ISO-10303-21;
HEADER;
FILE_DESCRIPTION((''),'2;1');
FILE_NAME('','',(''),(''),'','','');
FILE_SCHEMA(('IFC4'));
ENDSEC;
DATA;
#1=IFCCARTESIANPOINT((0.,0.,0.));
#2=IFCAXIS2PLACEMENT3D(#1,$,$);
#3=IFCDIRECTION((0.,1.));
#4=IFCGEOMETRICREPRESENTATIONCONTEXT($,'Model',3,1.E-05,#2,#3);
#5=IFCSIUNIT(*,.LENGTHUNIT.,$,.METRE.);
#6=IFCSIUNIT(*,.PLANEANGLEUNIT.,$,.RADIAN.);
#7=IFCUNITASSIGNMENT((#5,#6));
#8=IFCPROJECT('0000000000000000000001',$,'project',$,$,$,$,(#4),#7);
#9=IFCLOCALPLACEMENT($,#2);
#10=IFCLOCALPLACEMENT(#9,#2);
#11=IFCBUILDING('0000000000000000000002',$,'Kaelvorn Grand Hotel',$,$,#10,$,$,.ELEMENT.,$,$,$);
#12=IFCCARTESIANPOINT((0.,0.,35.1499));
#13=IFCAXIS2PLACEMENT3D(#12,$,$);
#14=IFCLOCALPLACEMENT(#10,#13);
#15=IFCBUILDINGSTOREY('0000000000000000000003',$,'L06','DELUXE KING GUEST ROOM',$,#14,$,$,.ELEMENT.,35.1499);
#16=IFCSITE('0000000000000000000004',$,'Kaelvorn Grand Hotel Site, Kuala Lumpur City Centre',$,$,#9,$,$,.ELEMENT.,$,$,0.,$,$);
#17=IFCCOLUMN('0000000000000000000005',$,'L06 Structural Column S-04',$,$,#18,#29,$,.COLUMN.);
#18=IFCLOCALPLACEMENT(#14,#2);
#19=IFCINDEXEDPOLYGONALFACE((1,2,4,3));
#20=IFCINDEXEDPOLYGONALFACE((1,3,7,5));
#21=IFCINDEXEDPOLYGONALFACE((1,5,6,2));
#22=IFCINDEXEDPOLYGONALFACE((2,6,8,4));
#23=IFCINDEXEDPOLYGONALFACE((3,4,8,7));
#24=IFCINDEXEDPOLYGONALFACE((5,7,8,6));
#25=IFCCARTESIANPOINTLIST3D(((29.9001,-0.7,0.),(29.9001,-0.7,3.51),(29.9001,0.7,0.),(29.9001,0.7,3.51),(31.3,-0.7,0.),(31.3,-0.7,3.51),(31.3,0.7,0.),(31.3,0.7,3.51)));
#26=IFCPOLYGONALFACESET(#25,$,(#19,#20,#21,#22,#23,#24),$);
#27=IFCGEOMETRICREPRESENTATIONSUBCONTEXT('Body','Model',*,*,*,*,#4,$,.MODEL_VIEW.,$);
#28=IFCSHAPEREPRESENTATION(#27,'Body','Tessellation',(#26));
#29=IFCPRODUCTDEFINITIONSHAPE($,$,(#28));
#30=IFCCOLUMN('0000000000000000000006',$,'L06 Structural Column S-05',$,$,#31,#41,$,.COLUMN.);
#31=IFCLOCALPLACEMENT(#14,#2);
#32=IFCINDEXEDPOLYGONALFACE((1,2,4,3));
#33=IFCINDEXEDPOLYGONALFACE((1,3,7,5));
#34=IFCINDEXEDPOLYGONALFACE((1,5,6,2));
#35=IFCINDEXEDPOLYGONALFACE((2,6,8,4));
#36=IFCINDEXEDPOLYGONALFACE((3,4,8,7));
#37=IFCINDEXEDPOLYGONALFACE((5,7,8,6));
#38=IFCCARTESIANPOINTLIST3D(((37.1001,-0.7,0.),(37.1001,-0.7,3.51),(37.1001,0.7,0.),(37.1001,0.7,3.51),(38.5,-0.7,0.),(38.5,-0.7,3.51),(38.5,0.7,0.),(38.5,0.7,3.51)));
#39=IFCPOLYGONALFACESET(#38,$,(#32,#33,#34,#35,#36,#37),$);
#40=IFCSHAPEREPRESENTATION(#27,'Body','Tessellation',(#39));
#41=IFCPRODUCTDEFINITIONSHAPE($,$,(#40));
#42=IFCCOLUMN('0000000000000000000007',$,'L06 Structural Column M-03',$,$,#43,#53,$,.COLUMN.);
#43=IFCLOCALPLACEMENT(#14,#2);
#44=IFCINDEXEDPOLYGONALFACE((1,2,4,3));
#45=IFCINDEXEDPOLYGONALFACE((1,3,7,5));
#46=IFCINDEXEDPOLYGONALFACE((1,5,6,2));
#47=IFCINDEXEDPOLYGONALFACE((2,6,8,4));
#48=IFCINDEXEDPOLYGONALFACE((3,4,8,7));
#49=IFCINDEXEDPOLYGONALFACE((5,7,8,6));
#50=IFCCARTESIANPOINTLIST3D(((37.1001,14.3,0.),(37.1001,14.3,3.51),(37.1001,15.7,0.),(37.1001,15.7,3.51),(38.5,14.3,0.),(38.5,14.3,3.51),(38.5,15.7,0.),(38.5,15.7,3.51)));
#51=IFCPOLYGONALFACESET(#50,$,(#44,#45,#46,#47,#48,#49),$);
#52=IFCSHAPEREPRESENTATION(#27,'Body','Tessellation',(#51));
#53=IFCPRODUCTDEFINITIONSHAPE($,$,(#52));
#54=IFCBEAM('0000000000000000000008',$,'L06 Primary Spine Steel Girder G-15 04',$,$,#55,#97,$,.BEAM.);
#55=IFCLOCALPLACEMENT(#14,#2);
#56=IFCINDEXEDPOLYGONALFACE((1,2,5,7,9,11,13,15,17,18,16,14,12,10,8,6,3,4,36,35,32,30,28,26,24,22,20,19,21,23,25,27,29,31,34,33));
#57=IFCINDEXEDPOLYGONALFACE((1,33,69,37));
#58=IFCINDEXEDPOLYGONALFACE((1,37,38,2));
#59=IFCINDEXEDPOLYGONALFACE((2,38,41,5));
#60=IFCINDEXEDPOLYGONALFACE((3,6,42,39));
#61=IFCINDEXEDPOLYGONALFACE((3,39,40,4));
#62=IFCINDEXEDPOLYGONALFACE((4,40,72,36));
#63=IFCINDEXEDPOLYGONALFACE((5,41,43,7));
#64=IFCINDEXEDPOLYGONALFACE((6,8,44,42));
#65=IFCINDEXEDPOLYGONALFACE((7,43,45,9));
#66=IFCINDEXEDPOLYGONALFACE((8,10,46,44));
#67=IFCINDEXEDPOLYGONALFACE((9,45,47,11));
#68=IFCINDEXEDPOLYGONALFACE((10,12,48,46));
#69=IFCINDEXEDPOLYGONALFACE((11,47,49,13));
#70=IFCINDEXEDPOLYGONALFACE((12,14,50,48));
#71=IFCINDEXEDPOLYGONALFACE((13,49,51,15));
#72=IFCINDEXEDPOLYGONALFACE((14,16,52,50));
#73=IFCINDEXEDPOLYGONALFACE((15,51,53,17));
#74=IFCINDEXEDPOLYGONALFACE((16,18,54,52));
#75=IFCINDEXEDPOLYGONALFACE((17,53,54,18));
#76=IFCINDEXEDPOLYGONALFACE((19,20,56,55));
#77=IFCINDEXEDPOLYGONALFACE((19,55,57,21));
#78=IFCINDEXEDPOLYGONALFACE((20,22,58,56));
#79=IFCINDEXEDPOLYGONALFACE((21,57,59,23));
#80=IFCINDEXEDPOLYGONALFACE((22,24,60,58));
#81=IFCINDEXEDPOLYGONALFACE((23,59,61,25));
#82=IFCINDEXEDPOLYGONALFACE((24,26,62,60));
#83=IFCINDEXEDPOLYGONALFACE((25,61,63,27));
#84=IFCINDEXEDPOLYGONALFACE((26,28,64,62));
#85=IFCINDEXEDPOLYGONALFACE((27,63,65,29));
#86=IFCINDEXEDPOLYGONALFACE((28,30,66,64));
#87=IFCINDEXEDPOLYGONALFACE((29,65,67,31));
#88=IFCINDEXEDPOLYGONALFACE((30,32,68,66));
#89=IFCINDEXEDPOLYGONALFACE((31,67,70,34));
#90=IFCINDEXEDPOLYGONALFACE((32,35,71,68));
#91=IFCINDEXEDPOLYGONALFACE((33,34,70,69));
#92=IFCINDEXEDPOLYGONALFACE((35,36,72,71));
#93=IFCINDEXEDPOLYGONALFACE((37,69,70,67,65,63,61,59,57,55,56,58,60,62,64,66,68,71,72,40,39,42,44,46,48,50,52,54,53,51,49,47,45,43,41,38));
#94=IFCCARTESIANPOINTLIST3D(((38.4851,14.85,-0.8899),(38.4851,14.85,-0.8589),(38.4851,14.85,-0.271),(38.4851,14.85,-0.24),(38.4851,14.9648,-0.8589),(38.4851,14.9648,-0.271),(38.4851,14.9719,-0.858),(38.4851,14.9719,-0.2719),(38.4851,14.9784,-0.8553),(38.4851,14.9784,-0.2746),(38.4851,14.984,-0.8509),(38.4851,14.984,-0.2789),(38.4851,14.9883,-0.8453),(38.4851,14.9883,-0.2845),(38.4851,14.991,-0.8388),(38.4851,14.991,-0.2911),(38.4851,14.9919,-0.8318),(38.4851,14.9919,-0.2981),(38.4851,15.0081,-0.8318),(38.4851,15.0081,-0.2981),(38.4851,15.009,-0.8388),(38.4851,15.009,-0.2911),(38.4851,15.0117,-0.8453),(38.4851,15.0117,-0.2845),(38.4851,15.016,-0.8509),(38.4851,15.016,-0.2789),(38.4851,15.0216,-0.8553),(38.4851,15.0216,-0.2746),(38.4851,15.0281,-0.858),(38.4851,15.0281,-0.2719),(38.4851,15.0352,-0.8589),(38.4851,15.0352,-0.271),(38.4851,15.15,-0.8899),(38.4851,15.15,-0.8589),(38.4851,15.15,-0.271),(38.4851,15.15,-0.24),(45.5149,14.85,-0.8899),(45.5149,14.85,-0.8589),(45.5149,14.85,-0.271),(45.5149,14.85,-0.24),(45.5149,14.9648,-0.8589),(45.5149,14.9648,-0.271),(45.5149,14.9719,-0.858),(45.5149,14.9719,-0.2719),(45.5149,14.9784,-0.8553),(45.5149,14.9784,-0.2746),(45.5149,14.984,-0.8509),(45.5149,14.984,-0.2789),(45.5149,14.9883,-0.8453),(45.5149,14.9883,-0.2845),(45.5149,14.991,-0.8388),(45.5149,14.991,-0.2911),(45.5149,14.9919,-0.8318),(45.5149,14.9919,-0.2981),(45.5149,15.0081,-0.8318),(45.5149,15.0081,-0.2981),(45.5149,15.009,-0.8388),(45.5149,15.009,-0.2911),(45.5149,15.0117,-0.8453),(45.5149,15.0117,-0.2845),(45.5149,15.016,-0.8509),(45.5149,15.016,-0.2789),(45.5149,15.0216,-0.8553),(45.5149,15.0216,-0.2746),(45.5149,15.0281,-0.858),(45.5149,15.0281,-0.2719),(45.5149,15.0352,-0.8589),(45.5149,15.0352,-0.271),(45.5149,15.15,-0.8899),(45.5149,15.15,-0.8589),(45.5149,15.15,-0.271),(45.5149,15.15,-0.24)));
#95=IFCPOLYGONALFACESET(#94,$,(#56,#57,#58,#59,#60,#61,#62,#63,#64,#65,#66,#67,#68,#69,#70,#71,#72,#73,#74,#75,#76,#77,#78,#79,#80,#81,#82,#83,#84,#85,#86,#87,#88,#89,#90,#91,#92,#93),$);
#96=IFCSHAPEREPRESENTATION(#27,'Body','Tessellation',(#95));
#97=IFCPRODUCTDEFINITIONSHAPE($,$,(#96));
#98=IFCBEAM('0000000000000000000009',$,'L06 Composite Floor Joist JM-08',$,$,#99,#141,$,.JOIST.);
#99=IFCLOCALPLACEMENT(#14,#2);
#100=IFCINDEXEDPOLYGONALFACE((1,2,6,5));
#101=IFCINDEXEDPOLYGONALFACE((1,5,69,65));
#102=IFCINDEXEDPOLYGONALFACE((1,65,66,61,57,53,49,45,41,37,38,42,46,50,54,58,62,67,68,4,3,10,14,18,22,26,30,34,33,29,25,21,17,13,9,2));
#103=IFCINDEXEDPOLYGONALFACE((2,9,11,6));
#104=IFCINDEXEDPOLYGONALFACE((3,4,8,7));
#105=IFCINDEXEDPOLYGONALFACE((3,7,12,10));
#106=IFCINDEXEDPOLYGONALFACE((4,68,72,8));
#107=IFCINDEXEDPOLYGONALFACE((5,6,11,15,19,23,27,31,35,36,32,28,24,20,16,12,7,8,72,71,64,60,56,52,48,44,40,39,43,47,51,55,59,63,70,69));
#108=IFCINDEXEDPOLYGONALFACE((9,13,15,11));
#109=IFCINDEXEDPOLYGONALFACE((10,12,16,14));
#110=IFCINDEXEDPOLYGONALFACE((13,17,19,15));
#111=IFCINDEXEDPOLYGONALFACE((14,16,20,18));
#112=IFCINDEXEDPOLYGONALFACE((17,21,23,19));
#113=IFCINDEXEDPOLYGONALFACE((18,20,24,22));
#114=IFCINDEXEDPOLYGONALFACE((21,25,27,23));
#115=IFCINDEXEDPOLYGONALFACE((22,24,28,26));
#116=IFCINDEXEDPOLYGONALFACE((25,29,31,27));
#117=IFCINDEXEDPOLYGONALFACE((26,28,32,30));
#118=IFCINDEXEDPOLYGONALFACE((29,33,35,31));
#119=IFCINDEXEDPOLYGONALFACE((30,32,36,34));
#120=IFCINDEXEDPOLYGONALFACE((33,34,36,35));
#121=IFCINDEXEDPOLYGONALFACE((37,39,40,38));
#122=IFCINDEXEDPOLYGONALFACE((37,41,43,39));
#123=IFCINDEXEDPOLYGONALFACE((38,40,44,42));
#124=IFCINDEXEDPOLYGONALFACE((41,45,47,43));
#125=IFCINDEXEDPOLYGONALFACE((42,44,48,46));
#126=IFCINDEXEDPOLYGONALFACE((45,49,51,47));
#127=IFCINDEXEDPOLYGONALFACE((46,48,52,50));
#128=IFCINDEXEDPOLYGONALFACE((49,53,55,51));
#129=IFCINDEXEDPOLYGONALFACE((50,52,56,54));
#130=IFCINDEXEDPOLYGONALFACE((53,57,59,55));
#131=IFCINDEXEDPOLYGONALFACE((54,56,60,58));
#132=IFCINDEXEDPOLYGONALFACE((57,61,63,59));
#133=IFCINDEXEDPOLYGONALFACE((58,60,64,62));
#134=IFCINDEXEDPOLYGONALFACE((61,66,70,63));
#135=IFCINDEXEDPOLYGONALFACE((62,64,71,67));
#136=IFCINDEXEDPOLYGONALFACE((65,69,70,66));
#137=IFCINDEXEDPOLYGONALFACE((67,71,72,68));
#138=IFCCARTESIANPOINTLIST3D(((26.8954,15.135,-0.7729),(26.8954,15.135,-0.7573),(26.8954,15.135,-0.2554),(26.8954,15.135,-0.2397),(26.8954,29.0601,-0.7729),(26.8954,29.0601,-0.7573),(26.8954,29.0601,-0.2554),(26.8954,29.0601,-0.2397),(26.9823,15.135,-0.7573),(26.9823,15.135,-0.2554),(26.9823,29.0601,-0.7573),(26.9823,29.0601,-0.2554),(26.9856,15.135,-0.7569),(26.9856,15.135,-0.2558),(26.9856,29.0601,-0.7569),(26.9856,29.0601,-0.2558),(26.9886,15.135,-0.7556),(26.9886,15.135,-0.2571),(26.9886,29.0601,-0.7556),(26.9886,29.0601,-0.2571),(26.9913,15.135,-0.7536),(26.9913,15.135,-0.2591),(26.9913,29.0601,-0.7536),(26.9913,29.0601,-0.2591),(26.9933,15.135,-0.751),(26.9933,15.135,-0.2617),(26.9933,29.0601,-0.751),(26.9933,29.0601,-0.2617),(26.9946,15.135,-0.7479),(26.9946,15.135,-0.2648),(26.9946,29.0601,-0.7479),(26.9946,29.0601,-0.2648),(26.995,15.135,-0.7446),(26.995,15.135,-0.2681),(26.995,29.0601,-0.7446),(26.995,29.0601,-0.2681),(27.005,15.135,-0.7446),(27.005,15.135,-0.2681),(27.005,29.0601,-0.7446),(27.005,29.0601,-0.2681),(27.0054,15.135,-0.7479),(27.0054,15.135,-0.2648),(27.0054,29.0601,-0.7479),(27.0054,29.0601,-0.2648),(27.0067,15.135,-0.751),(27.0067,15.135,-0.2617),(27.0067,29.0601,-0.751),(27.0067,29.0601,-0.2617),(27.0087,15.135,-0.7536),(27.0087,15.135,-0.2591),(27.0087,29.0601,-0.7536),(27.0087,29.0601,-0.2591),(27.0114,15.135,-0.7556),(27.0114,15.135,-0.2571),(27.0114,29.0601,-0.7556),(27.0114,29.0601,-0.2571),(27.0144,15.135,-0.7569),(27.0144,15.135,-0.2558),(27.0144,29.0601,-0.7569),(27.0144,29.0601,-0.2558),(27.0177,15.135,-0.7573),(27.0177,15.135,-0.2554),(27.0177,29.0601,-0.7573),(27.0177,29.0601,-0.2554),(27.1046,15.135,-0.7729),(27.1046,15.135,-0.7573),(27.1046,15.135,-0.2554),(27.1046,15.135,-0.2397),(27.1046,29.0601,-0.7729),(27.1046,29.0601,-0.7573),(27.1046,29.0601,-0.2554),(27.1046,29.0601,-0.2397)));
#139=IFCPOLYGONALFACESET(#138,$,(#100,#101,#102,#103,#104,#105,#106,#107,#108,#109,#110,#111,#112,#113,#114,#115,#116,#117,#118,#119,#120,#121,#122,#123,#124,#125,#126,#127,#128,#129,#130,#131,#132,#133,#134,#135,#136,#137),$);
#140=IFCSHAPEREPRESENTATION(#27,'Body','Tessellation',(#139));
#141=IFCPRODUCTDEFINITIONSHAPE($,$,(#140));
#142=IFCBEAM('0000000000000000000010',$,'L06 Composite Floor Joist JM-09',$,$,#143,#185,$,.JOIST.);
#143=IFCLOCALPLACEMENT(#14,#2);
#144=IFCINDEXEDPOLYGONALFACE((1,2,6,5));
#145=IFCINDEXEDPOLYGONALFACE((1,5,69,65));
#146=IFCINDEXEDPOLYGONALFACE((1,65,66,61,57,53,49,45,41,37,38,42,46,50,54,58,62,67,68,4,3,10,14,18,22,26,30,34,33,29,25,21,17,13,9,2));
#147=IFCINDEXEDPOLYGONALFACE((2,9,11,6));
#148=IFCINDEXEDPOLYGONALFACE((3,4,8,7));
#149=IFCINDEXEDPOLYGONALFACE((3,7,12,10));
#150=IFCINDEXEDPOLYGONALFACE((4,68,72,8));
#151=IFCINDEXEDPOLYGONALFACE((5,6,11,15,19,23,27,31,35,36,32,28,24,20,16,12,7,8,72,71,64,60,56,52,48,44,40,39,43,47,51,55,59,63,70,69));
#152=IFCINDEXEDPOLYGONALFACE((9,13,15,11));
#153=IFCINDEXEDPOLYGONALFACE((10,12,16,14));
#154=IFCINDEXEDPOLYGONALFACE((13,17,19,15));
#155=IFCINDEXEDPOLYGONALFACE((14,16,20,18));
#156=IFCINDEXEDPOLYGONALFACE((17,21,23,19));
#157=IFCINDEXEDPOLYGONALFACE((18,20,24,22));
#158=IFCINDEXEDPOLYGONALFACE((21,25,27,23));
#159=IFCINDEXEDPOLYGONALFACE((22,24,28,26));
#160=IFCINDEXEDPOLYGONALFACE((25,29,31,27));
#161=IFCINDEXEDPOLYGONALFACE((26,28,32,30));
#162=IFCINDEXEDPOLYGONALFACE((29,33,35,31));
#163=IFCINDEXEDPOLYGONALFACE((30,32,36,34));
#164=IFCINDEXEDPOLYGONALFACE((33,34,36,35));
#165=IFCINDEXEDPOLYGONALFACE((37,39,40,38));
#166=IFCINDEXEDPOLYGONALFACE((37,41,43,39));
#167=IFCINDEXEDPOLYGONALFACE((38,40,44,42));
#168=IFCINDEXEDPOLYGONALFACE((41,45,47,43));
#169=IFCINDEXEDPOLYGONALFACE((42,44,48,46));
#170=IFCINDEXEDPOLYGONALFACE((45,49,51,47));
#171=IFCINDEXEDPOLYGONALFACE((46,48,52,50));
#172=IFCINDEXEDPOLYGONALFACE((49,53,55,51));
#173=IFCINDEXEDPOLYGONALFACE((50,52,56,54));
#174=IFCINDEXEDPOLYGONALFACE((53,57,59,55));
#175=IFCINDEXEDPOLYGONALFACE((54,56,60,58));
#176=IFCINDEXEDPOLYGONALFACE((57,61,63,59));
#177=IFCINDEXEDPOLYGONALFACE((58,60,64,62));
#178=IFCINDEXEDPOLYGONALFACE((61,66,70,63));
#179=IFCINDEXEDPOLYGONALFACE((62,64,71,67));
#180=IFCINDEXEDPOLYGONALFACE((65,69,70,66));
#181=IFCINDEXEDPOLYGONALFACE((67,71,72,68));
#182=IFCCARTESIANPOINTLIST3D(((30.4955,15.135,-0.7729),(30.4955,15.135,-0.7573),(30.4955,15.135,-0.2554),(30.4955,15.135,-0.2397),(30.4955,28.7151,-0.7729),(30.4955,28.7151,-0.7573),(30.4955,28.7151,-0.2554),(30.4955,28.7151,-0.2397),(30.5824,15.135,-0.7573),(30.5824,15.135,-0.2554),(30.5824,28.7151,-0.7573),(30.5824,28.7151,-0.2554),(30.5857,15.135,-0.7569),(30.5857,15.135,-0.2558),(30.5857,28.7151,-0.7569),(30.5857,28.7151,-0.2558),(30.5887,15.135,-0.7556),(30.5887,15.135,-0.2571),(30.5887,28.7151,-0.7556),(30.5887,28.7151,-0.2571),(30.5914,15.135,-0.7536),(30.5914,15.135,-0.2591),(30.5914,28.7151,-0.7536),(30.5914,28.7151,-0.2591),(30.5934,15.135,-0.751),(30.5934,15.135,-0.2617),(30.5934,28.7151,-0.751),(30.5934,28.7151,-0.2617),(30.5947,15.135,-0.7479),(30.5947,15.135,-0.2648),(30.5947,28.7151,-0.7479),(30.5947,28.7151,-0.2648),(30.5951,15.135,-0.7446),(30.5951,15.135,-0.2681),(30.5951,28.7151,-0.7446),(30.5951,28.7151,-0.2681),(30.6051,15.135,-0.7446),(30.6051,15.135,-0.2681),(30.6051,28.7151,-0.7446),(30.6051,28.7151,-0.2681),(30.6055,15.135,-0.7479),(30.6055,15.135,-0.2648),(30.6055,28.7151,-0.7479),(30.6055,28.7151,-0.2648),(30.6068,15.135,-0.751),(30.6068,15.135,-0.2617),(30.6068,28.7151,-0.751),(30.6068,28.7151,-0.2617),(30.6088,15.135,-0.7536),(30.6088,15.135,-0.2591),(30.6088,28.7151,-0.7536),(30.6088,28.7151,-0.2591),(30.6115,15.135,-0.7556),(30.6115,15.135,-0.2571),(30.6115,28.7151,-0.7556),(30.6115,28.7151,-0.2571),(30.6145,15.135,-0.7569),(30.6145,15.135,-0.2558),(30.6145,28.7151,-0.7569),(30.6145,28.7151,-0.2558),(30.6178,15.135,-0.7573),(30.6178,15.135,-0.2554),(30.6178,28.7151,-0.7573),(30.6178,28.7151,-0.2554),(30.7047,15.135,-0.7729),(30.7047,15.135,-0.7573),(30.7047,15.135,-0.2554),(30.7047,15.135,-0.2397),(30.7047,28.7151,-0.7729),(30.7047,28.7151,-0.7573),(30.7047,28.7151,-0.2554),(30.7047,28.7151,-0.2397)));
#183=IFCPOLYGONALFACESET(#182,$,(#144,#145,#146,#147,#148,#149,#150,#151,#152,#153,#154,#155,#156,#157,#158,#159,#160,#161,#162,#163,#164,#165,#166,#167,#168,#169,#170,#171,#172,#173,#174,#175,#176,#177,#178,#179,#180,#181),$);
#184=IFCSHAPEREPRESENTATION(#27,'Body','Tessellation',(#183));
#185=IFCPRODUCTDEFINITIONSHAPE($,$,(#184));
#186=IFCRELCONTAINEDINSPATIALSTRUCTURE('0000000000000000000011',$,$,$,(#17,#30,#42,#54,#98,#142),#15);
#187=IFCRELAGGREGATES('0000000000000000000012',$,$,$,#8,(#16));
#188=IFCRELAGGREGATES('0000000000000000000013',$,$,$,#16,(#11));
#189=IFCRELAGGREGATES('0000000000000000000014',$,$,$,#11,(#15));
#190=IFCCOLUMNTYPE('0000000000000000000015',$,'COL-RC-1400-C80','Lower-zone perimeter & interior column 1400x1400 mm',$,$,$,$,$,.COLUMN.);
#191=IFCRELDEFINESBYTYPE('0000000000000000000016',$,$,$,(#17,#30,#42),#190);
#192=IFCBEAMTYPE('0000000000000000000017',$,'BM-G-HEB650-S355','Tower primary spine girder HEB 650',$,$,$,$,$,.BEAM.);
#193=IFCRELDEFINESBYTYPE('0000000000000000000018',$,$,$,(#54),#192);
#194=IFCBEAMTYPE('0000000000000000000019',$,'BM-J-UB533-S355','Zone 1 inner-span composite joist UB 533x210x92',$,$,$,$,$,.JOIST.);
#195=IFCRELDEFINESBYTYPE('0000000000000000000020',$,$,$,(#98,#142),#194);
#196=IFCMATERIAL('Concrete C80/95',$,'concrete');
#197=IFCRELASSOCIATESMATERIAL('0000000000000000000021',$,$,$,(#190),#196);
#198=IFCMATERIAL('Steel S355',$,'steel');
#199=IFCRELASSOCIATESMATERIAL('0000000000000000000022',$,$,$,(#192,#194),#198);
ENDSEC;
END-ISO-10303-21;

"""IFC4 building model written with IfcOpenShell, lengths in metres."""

from ifc_helpers import new_model, si_unit, direction, frame, origin, origin_2d, place, context, subcontext, project, spatial, rectangle, i_section, extrude, material, material_profile, profile_set, type_object, element, save


model = new_model("IFC4")

# Units and contexts
model_context = context("Model", 3, precision=1e-05, world=origin(), true_north=direction((0.0, 1.0)))
body_context = subcontext(model_context, "Body", "Model", "MODEL_VIEW")
ifc_project = project(units=[si_unit("LENGTHUNIT", "METRE"), si_unit("PLANEANGLEUNIT", "RADIAN")], contexts=[model_context])

# Site, building, storey
site_placement = place(None, origin())
site = spatial("IfcSite", under=ifc_project, at=site_placement, Name="Kaelvorn Grand Hotel Site, Kuala Lumpur City Centre", CompositionType="ELEMENT", RefElevation=0.0)
building_placement = place(site_placement, origin())
building = spatial("IfcBuilding", under=site, at=building_placement, Name="Kaelvorn Grand Hotel", CompositionType="ELEMENT")
storey_placement = place(building_placement, frame((0.0, 0.0, 35.1499)))
storey = spatial("IfcBuildingStorey", under=building, at=storey_placement, Name="L06", Description="DELUXE KING GUEST ROOM", CompositionType="ELEMENT", Elevation=35.1499)

# Columns
ifc_material_1 = material(Name="Concrete C80/95", Category="concrete")
ifc_material_profile_1 = material_profile(ifc_material_1, rectangle(XDim=1.3999, YDim=1.3999, at=origin_2d()), Name="RC COL 1400x1400")
ifc_profile_set_1 = profile_set([ifc_material_profile_1], Name="Concrete C80/95")
column_type = type_object("IfcColumnType", Name="COL-RC-1400-C80", Description="Lower-zone perimeter & interior column 1400x1400 mm", PredefinedType="COLUMN", material=ifc_profile_set_1)
for number, where, z_axis, x_axis, name in (
    (1, (30.6001, 0.0, 0.0), (0.0, 0.0, 1.0), (1.0, 0.0, 0.0), "L06 Structural Column S-04"),
    (2, (37.8, 0.0, 0.0), (0.0, 0.0, 1.0), (1.0, 0.0, 0.0), "L06 Structural Column S-05"),
    (3, (37.8, 15.0, 0.0), (0.0, 0.0, 1.0), (1.0, 0.0, 0.0), "L06 Structural Column M-03"),
):
    element("IfcColumn", number, at=place(storey_placement, frame(where, z_axis=z_axis, x_axis=x_axis)), inside=storey, type_object=column_type, Name=name, PredefinedType="COLUMN", context=body_context, shape_type="SweptSolid", body=[
        extrude(rectangle(XDim=1.3999, YDim=1.3999, at=origin_2d()), origin(), (0.0, 0.0, 1.0), 3.51),
    ])

# Beams
ifc_material_2 = material(Name="Steel S355", Category="steel")
ifc_material_profile_2 = material_profile(ifc_material_2, i_section(OverallWidth=0.3, OverallDepth=0.6499, WebThickness=0.0161, FlangeThickness=0.031, FilletRadius=0.0271, at=origin_2d()), Name="HEB 650")
ifc_profile_set_2 = profile_set([ifc_material_profile_2], Name="Steel S355")
beam_type_1 = type_object("IfcBeamType", Name="BM-G-HEB650-S355", Description="Tower primary spine girder HEB 650", PredefinedType="BEAM", material=ifc_profile_set_2)
beam_1_placement = place(storey_placement, frame((38.4851, 15.0, -0.5649), z_axis=(1.0, 0.0, 0.0), x_axis=(0.0, 1.0, 0.0)))
element("IfcBeam", 4, at=beam_1_placement, inside=storey, type_object=beam_type_1, Name="L06 Primary Spine Steel Girder G-15 04", PredefinedType="BEAM", context=body_context, shape_type="SweptSolid", body=[
    extrude(i_section(OverallWidth=0.3, OverallDepth=0.6499, WebThickness=0.0161, FlangeThickness=0.031, FilletRadius=0.0271, at=origin_2d()), origin(), (0.0, 0.0, 1.0), 7.0298),
])
ifc_material_profile_3 = material_profile(ifc_material_2, i_section(OverallWidth=0.2092, OverallDepth=0.5332, WebThickness=0.01, FlangeThickness=0.0156, FilletRadius=0.0127, at=origin_2d()), Name="UB 533x210x92")
ifc_profile_set_3 = profile_set([ifc_material_profile_3], Name="Steel S355")
beam_type_2 = type_object("IfcBeamType", Name="BM-J-UB533-S355", Description="Zone 1 inner-span composite joist UB 533x210x92", PredefinedType="JOIST", material=ifc_profile_set_3)
beam_2_placement = place(storey_placement, frame((27.0, 15.135, -0.5063), z_axis=(0.0, 1.0, 0.0), x_axis=(-1.0, 0.0, 0.0)))
element("IfcBeam", 5, at=beam_2_placement, inside=storey, type_object=beam_type_2, Name="L06 Composite Floor Joist JM-08", PredefinedType="JOIST", context=body_context, shape_type="SweptSolid", body=[
    extrude(i_section(OverallWidth=0.2092, OverallDepth=0.5332, WebThickness=0.01, FlangeThickness=0.0156, FilletRadius=0.0127, at=origin_2d()), origin(), (0.0, 0.0, 1.0), 13.925),
])
beam_3_placement = place(storey_placement, frame((30.6001, 15.135, -0.5063), z_axis=(0.0, 1.0, 0.0), x_axis=(-1.0, 0.0, 0.0)))
element("IfcBeam", 6, at=beam_3_placement, inside=storey, type_object=beam_type_2, Name="L06 Composite Floor Joist JM-09", PredefinedType="JOIST", context=body_context, shape_type="SweptSolid", body=[
    extrude(i_section(OverallWidth=0.2092, OverallDepth=0.5332, WebThickness=0.01, FlangeThickness=0.0156, FilletRadius=0.0127, at=origin_2d()), origin(), (0.0, 0.0, 1.0), 13.5801),
])

save(model, "model.ifc")
